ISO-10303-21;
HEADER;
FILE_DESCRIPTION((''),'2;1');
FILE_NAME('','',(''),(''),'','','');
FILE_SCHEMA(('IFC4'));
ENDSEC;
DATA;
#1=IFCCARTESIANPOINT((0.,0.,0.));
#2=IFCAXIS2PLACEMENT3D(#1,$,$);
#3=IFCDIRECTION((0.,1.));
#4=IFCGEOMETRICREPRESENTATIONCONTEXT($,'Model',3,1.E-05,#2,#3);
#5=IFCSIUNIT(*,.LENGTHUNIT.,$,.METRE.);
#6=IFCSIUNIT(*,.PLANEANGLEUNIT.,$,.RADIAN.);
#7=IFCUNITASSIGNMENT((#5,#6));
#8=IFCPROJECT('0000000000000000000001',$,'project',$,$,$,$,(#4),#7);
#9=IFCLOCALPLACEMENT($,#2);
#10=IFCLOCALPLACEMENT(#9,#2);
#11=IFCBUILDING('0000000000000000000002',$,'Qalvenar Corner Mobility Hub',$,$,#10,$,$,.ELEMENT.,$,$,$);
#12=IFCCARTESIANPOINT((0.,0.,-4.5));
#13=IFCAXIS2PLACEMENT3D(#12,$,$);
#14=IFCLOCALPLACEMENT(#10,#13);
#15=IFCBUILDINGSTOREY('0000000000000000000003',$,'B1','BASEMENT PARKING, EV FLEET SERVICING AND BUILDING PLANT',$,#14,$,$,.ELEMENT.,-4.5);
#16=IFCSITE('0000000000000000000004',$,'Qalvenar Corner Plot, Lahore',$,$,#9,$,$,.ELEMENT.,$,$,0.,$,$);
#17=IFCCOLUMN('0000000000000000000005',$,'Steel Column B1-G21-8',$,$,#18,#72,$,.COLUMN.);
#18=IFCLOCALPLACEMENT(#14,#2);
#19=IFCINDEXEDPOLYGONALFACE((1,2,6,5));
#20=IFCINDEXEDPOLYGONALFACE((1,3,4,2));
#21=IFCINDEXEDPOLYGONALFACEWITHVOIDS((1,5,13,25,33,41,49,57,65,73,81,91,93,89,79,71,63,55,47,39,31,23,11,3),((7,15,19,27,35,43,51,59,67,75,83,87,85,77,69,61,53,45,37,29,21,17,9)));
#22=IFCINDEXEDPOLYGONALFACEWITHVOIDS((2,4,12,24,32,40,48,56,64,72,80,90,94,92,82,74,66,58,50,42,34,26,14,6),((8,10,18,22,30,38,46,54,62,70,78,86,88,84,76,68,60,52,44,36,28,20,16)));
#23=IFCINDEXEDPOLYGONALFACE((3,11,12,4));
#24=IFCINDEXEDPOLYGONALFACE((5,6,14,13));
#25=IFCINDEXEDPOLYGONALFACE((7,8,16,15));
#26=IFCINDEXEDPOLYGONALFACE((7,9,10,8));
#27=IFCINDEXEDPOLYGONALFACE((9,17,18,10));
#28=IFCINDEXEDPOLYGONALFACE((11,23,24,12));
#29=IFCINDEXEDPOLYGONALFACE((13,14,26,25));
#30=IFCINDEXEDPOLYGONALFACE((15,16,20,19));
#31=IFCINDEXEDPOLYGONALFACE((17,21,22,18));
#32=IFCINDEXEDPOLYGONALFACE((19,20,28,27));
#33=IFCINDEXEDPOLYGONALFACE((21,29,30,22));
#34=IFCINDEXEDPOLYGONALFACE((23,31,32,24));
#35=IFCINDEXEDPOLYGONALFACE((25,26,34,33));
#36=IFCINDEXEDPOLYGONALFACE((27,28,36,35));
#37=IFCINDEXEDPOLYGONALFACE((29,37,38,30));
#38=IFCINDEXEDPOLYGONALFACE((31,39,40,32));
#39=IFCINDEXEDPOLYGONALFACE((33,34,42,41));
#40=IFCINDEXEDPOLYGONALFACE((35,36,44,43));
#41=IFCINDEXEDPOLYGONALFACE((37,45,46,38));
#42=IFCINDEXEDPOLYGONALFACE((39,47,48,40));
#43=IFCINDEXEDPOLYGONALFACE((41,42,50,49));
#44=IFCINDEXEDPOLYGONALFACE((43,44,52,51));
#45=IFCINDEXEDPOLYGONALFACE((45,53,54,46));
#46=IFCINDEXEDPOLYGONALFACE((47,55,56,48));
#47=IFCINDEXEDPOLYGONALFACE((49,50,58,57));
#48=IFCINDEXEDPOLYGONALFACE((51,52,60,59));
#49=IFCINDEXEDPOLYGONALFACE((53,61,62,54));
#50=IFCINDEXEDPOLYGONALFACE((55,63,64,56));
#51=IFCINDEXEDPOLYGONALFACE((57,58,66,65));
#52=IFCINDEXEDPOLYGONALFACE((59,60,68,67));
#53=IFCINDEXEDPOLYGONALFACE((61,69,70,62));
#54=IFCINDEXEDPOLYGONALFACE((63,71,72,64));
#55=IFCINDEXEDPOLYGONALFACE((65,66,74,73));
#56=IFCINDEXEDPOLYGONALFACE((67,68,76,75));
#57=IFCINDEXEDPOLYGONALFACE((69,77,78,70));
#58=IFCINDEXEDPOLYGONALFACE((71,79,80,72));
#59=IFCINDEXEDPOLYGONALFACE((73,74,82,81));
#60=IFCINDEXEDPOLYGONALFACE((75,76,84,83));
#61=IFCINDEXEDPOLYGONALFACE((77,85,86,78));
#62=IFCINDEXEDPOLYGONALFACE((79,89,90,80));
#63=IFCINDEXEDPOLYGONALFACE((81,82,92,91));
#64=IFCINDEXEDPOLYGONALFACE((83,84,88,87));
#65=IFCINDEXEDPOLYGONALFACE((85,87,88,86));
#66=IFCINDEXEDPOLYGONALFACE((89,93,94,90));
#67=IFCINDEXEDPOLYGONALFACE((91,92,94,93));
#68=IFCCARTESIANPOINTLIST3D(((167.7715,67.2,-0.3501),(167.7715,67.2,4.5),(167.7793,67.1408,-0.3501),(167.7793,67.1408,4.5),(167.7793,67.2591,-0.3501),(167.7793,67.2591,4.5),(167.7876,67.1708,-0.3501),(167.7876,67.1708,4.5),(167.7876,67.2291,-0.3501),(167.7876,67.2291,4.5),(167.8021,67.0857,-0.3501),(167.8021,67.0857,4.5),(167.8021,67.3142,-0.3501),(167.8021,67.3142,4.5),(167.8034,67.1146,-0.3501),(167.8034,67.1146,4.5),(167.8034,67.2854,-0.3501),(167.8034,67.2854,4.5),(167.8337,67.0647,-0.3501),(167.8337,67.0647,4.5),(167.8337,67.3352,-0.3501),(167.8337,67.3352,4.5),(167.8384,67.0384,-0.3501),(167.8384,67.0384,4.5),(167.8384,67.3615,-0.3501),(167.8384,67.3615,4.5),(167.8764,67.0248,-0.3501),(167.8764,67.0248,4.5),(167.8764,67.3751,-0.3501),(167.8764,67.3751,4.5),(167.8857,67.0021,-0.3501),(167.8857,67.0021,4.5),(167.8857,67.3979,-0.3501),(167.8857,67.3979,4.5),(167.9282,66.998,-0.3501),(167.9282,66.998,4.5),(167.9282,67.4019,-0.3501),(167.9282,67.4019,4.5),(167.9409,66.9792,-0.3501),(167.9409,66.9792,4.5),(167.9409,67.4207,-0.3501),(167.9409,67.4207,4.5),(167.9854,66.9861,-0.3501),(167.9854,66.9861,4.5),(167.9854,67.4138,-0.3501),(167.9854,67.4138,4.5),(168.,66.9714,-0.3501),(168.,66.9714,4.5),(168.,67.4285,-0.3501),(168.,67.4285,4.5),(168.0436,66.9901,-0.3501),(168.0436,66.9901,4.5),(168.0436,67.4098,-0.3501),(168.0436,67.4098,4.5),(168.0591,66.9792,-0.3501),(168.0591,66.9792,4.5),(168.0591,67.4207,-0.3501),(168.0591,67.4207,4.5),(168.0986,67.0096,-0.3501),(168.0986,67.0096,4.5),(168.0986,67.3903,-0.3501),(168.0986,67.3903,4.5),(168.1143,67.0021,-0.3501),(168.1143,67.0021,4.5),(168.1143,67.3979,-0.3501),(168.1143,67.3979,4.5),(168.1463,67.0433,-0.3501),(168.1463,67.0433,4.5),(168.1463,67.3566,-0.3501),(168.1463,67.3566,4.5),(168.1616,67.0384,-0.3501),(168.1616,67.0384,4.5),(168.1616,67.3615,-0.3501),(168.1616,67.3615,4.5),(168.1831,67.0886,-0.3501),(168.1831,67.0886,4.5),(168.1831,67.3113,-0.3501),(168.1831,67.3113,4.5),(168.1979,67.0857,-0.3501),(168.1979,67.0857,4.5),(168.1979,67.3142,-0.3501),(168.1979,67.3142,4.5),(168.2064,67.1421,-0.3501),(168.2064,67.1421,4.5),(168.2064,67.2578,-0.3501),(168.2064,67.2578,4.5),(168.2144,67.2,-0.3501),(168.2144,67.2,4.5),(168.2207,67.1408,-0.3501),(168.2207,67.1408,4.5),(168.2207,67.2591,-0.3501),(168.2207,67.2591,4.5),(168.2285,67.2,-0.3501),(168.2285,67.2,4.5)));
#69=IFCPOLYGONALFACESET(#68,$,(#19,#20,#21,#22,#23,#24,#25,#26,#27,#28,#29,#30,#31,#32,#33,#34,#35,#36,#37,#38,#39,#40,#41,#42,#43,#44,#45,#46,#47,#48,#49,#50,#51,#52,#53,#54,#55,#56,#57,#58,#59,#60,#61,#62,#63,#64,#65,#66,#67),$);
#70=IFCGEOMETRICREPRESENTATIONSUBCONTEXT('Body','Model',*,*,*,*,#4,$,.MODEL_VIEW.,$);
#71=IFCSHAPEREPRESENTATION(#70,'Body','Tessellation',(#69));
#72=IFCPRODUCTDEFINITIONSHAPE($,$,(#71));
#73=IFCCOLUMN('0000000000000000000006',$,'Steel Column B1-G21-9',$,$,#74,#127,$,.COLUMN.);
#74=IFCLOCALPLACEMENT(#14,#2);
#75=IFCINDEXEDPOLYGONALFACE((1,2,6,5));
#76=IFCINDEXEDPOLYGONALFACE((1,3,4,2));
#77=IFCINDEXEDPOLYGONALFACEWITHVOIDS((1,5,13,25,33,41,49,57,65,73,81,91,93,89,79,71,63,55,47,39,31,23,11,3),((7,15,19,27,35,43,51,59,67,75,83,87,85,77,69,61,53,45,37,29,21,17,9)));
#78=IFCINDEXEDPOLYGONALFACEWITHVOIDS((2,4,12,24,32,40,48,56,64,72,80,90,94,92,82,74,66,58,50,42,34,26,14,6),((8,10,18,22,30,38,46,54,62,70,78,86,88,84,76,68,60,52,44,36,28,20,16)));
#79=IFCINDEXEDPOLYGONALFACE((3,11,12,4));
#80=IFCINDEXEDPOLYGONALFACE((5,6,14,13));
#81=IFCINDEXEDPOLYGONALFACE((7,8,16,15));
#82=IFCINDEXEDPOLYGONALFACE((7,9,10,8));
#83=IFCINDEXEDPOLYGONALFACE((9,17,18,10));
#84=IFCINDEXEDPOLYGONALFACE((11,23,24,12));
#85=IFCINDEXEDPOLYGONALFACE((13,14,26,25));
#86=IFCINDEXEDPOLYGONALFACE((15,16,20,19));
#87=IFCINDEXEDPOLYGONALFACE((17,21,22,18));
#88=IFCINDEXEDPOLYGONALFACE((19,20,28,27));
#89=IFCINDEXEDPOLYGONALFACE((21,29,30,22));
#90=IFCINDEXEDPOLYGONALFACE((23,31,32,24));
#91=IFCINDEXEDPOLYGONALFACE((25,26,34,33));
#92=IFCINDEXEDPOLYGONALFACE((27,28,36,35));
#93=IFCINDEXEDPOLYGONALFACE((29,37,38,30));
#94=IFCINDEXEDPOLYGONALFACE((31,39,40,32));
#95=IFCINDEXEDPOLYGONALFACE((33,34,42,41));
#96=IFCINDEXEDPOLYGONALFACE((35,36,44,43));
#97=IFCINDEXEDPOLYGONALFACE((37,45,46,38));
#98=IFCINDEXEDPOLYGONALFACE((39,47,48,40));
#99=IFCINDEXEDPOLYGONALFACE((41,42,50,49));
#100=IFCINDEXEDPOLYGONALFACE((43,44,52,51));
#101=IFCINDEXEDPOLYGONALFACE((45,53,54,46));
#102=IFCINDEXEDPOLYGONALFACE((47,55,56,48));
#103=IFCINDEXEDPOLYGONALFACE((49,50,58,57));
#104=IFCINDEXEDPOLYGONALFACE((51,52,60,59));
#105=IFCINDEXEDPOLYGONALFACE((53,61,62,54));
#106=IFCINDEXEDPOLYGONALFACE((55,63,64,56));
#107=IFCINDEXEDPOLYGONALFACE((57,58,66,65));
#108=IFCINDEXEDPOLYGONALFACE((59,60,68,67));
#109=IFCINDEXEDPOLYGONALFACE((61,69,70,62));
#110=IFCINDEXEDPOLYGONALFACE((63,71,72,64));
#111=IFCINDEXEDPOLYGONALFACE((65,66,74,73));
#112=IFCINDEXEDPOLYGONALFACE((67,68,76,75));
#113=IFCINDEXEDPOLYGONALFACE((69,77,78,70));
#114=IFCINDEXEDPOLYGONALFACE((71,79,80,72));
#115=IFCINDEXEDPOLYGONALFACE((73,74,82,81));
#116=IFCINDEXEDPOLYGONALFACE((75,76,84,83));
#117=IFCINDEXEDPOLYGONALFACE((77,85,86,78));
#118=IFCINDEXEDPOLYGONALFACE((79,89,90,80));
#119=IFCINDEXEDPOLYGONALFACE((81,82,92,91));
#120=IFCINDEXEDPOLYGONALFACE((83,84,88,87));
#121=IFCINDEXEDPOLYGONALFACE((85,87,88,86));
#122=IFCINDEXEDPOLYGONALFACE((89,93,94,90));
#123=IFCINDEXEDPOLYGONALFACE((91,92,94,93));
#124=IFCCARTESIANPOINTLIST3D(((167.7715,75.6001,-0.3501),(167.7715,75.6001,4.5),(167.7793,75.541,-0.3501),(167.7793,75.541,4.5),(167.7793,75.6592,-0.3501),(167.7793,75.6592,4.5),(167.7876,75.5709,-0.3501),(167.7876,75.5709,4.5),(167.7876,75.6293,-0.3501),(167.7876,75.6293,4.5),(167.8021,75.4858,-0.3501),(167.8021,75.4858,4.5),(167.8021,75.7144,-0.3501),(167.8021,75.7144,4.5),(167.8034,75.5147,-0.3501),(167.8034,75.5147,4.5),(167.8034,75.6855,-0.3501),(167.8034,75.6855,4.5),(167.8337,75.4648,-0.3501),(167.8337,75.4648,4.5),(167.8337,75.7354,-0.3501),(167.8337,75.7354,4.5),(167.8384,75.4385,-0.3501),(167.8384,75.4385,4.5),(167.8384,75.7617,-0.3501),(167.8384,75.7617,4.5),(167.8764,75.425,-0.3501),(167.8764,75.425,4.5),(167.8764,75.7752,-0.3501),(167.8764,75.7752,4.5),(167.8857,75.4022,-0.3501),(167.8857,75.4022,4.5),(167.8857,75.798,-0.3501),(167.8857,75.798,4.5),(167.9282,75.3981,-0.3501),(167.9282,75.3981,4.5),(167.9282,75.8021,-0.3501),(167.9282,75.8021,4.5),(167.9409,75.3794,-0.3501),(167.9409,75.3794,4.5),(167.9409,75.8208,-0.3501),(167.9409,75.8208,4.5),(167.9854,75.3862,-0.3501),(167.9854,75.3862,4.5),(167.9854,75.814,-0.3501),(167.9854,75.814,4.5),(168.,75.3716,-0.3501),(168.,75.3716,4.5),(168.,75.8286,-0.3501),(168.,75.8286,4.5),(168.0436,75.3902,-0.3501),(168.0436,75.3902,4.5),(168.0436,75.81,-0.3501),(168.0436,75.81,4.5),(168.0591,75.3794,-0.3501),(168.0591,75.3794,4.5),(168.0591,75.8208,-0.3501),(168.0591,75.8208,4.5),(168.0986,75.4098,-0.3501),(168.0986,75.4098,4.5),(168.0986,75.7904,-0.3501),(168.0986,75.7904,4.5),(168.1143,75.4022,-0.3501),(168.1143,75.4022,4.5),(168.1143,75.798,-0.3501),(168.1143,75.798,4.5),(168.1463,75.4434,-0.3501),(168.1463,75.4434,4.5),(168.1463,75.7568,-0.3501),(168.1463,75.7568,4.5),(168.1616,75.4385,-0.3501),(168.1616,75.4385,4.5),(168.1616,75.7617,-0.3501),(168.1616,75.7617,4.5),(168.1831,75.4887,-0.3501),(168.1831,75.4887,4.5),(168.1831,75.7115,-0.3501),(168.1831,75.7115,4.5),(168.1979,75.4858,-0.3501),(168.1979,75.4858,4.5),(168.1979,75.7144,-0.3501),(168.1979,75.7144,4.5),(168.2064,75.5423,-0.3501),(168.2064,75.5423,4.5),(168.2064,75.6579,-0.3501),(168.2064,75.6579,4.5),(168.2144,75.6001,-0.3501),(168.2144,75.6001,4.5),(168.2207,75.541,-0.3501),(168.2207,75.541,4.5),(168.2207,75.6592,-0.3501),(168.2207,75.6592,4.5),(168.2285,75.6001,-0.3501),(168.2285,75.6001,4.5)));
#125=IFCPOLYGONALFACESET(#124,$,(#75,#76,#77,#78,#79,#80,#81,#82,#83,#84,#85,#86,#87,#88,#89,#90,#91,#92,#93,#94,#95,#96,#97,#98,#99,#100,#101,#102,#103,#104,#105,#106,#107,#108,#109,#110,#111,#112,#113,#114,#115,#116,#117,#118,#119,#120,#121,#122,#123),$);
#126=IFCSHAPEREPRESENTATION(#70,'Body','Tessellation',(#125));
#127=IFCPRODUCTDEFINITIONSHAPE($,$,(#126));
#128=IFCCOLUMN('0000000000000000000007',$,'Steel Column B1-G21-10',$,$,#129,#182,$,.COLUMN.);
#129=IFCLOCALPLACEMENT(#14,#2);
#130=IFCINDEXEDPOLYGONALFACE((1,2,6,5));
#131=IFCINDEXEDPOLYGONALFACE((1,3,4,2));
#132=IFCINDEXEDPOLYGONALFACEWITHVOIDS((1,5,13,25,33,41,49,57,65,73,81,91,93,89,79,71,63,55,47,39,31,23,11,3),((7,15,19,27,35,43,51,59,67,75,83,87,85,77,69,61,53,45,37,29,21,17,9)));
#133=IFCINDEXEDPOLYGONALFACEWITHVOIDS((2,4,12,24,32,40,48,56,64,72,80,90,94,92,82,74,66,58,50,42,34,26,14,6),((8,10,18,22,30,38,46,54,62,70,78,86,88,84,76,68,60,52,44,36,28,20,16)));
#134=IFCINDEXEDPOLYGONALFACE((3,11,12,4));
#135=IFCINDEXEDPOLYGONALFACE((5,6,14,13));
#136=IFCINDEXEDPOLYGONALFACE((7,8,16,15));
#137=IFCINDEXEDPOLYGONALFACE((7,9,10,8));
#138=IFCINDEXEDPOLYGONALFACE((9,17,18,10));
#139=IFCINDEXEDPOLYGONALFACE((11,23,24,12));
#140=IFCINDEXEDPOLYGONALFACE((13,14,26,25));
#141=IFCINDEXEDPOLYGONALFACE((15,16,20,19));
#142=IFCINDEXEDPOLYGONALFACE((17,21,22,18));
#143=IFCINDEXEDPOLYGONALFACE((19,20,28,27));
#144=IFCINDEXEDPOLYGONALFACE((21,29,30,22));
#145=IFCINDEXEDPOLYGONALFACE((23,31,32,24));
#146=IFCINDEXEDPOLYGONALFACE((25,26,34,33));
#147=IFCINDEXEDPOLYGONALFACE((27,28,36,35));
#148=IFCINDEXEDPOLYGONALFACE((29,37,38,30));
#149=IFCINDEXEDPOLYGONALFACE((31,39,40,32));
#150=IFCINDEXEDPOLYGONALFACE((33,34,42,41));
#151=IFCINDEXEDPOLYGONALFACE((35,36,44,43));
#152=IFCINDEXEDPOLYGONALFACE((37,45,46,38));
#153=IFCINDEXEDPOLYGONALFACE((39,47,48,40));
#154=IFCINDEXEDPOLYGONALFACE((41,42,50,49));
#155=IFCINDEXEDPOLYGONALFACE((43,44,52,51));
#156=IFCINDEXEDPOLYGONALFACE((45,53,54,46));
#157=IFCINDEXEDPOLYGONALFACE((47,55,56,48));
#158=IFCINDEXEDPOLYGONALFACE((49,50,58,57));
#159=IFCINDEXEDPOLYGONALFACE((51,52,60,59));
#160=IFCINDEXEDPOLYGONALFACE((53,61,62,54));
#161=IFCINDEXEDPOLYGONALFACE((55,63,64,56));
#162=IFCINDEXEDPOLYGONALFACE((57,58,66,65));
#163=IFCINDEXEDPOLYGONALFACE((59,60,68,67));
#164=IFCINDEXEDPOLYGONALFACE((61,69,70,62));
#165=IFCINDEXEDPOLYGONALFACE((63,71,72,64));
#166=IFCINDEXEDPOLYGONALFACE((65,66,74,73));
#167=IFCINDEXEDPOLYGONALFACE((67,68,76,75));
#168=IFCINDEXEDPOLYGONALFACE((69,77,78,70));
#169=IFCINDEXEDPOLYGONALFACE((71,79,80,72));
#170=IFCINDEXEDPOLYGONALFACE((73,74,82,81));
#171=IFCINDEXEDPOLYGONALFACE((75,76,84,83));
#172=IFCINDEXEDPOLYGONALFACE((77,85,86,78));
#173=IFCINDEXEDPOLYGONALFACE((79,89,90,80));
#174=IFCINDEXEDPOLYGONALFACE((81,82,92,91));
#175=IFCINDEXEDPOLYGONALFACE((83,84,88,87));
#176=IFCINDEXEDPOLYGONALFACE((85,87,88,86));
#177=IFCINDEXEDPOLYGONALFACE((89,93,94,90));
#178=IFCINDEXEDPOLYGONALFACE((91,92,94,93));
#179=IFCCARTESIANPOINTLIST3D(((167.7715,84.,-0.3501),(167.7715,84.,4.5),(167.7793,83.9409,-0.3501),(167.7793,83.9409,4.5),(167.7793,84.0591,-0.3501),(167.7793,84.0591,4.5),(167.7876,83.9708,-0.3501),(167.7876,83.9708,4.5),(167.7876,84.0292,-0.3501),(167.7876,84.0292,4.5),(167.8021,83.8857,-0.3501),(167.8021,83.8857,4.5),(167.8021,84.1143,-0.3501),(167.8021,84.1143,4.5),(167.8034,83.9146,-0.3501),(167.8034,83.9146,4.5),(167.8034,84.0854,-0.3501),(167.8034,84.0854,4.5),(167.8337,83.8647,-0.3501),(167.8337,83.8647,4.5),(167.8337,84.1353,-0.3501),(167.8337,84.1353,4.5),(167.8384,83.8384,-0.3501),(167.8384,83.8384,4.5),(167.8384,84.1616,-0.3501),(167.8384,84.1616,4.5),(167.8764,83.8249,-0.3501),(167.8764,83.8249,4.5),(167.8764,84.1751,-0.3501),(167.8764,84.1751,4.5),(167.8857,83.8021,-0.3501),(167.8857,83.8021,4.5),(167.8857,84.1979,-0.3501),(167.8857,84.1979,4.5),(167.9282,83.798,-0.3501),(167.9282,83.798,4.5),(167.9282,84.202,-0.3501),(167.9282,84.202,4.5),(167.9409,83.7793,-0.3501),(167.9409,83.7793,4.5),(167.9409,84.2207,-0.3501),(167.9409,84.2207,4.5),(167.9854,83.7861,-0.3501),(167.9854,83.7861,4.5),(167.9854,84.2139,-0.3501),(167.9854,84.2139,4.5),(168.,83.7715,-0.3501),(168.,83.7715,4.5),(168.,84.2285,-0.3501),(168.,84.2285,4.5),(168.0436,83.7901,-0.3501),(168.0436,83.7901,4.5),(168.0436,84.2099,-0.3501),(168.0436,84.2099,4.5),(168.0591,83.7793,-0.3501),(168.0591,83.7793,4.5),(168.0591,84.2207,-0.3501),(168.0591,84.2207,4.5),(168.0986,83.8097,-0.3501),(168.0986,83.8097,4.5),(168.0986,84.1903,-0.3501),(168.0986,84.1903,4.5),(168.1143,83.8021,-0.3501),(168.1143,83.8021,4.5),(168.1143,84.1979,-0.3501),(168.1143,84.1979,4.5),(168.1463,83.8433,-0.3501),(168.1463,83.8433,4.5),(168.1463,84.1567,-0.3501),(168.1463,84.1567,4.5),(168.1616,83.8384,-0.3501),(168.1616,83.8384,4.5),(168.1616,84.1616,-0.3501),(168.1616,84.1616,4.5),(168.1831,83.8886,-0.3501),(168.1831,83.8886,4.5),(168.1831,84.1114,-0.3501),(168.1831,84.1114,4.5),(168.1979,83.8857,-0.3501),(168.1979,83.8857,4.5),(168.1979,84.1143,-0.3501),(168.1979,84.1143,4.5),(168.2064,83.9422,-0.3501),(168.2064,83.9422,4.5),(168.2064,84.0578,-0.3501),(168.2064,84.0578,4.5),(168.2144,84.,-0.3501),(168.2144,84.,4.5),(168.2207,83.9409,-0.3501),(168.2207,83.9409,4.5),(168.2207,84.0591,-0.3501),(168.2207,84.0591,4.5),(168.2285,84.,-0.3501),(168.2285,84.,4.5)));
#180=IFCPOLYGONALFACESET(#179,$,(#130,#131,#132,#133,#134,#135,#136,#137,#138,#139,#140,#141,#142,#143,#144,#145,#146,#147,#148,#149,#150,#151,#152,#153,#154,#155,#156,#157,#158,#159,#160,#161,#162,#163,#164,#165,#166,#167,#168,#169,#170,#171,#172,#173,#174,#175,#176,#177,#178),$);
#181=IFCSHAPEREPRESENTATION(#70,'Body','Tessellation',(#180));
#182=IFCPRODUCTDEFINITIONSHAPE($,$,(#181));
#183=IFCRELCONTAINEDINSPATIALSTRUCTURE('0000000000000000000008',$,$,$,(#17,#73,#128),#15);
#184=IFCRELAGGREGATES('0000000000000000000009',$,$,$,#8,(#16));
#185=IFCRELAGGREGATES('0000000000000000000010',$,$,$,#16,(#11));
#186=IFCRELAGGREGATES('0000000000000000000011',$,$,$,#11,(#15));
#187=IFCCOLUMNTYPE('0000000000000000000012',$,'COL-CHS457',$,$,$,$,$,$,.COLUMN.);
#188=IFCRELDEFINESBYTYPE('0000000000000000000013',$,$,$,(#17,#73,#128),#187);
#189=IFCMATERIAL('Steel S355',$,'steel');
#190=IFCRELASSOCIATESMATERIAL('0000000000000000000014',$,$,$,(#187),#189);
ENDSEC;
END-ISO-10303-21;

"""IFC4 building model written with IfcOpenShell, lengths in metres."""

from ifc_helpers import new_model, si_unit, direction, frame, origin, origin_2d, place, context, subcontext, project, spatial, hollow_circle, extrude, material, material_profile, profile_set, type_object, element, save


model = new_model("IFC4")

# Units and contexts
model_context = context("Model", 3, precision=1e-05, world=origin(), true_north=direction((0.0, 1.0)))
body_context = subcontext(model_context, "Body", "Model", "MODEL_VIEW")
ifc_project = project(units=[si_unit("LENGTHUNIT", "METRE"), si_unit("PLANEANGLEUNIT", "RADIAN")], contexts=[model_context])

# Site, building, storey
site_placement = place(None, origin())
site = spatial("IfcSite", under=ifc_project, at=site_placement, Name="Qalvenar Corner Plot, Lahore", CompositionType="ELEMENT", RefElevation=0.0)
building_placement = place(site_placement, origin())
building = spatial("IfcBuilding", under=site, at=building_placement, Name="Qalvenar Corner Mobility Hub", CompositionType="ELEMENT")
storey_placement = place(building_placement, frame((0.0, 0.0, -4.5)))
storey = spatial("IfcBuildingStorey", under=building, at=storey_placement, Name="B1", Description="BASEMENT PARKING, EV FLEET SERVICING AND BUILDING PLANT", CompositionType="ELEMENT", Elevation=-4.5)

# Columns
ifc_material_1 = material(Name="Steel S355", Category="steel")
ifc_material_profile_1 = material_profile(ifc_material_1, hollow_circle(Radius=0.2285, WallThickness=0.0142, at=origin_2d()), Name="CHS457x14.2")
ifc_profile_set_1 = profile_set([ifc_material_profile_1], Name="Steel S355")
column_type = type_object("IfcColumnType", Name="COL-CHS457", PredefinedType="COLUMN", material=ifc_profile_set_1)
for number, where, z_axis, x_axis, name in (
    (1, (168.0, 67.2, -0.3501), (0.0, 0.0, 1.0), (1.0, 0.0, 0.0), "Steel Column B1-G21-8"),
    (2, (168.0, 75.6001, -0.3501), (0.0, 0.0, 1.0), (1.0, 0.0, 0.0), "Steel Column B1-G21-9"),
    (3, (168.0, 84.0, -0.3501), (0.0, 0.0, 1.0), (1.0, 0.0, 0.0), "Steel Column B1-G21-10"),
):
    element("IfcColumn", number, at=place(storey_placement, frame(where, z_axis=z_axis, x_axis=x_axis)), inside=storey, type_object=column_type, Name=name, PredefinedType="COLUMN", context=body_context, shape_type="SweptSolid", body=[
        extrude(hollow_circle(Radius=0.2285, WallThickness=0.0142, at=origin_2d()), origin(), (0.0, 0.0, 1.0), 4.8501),
    ])

save(model, "model.ifc")
